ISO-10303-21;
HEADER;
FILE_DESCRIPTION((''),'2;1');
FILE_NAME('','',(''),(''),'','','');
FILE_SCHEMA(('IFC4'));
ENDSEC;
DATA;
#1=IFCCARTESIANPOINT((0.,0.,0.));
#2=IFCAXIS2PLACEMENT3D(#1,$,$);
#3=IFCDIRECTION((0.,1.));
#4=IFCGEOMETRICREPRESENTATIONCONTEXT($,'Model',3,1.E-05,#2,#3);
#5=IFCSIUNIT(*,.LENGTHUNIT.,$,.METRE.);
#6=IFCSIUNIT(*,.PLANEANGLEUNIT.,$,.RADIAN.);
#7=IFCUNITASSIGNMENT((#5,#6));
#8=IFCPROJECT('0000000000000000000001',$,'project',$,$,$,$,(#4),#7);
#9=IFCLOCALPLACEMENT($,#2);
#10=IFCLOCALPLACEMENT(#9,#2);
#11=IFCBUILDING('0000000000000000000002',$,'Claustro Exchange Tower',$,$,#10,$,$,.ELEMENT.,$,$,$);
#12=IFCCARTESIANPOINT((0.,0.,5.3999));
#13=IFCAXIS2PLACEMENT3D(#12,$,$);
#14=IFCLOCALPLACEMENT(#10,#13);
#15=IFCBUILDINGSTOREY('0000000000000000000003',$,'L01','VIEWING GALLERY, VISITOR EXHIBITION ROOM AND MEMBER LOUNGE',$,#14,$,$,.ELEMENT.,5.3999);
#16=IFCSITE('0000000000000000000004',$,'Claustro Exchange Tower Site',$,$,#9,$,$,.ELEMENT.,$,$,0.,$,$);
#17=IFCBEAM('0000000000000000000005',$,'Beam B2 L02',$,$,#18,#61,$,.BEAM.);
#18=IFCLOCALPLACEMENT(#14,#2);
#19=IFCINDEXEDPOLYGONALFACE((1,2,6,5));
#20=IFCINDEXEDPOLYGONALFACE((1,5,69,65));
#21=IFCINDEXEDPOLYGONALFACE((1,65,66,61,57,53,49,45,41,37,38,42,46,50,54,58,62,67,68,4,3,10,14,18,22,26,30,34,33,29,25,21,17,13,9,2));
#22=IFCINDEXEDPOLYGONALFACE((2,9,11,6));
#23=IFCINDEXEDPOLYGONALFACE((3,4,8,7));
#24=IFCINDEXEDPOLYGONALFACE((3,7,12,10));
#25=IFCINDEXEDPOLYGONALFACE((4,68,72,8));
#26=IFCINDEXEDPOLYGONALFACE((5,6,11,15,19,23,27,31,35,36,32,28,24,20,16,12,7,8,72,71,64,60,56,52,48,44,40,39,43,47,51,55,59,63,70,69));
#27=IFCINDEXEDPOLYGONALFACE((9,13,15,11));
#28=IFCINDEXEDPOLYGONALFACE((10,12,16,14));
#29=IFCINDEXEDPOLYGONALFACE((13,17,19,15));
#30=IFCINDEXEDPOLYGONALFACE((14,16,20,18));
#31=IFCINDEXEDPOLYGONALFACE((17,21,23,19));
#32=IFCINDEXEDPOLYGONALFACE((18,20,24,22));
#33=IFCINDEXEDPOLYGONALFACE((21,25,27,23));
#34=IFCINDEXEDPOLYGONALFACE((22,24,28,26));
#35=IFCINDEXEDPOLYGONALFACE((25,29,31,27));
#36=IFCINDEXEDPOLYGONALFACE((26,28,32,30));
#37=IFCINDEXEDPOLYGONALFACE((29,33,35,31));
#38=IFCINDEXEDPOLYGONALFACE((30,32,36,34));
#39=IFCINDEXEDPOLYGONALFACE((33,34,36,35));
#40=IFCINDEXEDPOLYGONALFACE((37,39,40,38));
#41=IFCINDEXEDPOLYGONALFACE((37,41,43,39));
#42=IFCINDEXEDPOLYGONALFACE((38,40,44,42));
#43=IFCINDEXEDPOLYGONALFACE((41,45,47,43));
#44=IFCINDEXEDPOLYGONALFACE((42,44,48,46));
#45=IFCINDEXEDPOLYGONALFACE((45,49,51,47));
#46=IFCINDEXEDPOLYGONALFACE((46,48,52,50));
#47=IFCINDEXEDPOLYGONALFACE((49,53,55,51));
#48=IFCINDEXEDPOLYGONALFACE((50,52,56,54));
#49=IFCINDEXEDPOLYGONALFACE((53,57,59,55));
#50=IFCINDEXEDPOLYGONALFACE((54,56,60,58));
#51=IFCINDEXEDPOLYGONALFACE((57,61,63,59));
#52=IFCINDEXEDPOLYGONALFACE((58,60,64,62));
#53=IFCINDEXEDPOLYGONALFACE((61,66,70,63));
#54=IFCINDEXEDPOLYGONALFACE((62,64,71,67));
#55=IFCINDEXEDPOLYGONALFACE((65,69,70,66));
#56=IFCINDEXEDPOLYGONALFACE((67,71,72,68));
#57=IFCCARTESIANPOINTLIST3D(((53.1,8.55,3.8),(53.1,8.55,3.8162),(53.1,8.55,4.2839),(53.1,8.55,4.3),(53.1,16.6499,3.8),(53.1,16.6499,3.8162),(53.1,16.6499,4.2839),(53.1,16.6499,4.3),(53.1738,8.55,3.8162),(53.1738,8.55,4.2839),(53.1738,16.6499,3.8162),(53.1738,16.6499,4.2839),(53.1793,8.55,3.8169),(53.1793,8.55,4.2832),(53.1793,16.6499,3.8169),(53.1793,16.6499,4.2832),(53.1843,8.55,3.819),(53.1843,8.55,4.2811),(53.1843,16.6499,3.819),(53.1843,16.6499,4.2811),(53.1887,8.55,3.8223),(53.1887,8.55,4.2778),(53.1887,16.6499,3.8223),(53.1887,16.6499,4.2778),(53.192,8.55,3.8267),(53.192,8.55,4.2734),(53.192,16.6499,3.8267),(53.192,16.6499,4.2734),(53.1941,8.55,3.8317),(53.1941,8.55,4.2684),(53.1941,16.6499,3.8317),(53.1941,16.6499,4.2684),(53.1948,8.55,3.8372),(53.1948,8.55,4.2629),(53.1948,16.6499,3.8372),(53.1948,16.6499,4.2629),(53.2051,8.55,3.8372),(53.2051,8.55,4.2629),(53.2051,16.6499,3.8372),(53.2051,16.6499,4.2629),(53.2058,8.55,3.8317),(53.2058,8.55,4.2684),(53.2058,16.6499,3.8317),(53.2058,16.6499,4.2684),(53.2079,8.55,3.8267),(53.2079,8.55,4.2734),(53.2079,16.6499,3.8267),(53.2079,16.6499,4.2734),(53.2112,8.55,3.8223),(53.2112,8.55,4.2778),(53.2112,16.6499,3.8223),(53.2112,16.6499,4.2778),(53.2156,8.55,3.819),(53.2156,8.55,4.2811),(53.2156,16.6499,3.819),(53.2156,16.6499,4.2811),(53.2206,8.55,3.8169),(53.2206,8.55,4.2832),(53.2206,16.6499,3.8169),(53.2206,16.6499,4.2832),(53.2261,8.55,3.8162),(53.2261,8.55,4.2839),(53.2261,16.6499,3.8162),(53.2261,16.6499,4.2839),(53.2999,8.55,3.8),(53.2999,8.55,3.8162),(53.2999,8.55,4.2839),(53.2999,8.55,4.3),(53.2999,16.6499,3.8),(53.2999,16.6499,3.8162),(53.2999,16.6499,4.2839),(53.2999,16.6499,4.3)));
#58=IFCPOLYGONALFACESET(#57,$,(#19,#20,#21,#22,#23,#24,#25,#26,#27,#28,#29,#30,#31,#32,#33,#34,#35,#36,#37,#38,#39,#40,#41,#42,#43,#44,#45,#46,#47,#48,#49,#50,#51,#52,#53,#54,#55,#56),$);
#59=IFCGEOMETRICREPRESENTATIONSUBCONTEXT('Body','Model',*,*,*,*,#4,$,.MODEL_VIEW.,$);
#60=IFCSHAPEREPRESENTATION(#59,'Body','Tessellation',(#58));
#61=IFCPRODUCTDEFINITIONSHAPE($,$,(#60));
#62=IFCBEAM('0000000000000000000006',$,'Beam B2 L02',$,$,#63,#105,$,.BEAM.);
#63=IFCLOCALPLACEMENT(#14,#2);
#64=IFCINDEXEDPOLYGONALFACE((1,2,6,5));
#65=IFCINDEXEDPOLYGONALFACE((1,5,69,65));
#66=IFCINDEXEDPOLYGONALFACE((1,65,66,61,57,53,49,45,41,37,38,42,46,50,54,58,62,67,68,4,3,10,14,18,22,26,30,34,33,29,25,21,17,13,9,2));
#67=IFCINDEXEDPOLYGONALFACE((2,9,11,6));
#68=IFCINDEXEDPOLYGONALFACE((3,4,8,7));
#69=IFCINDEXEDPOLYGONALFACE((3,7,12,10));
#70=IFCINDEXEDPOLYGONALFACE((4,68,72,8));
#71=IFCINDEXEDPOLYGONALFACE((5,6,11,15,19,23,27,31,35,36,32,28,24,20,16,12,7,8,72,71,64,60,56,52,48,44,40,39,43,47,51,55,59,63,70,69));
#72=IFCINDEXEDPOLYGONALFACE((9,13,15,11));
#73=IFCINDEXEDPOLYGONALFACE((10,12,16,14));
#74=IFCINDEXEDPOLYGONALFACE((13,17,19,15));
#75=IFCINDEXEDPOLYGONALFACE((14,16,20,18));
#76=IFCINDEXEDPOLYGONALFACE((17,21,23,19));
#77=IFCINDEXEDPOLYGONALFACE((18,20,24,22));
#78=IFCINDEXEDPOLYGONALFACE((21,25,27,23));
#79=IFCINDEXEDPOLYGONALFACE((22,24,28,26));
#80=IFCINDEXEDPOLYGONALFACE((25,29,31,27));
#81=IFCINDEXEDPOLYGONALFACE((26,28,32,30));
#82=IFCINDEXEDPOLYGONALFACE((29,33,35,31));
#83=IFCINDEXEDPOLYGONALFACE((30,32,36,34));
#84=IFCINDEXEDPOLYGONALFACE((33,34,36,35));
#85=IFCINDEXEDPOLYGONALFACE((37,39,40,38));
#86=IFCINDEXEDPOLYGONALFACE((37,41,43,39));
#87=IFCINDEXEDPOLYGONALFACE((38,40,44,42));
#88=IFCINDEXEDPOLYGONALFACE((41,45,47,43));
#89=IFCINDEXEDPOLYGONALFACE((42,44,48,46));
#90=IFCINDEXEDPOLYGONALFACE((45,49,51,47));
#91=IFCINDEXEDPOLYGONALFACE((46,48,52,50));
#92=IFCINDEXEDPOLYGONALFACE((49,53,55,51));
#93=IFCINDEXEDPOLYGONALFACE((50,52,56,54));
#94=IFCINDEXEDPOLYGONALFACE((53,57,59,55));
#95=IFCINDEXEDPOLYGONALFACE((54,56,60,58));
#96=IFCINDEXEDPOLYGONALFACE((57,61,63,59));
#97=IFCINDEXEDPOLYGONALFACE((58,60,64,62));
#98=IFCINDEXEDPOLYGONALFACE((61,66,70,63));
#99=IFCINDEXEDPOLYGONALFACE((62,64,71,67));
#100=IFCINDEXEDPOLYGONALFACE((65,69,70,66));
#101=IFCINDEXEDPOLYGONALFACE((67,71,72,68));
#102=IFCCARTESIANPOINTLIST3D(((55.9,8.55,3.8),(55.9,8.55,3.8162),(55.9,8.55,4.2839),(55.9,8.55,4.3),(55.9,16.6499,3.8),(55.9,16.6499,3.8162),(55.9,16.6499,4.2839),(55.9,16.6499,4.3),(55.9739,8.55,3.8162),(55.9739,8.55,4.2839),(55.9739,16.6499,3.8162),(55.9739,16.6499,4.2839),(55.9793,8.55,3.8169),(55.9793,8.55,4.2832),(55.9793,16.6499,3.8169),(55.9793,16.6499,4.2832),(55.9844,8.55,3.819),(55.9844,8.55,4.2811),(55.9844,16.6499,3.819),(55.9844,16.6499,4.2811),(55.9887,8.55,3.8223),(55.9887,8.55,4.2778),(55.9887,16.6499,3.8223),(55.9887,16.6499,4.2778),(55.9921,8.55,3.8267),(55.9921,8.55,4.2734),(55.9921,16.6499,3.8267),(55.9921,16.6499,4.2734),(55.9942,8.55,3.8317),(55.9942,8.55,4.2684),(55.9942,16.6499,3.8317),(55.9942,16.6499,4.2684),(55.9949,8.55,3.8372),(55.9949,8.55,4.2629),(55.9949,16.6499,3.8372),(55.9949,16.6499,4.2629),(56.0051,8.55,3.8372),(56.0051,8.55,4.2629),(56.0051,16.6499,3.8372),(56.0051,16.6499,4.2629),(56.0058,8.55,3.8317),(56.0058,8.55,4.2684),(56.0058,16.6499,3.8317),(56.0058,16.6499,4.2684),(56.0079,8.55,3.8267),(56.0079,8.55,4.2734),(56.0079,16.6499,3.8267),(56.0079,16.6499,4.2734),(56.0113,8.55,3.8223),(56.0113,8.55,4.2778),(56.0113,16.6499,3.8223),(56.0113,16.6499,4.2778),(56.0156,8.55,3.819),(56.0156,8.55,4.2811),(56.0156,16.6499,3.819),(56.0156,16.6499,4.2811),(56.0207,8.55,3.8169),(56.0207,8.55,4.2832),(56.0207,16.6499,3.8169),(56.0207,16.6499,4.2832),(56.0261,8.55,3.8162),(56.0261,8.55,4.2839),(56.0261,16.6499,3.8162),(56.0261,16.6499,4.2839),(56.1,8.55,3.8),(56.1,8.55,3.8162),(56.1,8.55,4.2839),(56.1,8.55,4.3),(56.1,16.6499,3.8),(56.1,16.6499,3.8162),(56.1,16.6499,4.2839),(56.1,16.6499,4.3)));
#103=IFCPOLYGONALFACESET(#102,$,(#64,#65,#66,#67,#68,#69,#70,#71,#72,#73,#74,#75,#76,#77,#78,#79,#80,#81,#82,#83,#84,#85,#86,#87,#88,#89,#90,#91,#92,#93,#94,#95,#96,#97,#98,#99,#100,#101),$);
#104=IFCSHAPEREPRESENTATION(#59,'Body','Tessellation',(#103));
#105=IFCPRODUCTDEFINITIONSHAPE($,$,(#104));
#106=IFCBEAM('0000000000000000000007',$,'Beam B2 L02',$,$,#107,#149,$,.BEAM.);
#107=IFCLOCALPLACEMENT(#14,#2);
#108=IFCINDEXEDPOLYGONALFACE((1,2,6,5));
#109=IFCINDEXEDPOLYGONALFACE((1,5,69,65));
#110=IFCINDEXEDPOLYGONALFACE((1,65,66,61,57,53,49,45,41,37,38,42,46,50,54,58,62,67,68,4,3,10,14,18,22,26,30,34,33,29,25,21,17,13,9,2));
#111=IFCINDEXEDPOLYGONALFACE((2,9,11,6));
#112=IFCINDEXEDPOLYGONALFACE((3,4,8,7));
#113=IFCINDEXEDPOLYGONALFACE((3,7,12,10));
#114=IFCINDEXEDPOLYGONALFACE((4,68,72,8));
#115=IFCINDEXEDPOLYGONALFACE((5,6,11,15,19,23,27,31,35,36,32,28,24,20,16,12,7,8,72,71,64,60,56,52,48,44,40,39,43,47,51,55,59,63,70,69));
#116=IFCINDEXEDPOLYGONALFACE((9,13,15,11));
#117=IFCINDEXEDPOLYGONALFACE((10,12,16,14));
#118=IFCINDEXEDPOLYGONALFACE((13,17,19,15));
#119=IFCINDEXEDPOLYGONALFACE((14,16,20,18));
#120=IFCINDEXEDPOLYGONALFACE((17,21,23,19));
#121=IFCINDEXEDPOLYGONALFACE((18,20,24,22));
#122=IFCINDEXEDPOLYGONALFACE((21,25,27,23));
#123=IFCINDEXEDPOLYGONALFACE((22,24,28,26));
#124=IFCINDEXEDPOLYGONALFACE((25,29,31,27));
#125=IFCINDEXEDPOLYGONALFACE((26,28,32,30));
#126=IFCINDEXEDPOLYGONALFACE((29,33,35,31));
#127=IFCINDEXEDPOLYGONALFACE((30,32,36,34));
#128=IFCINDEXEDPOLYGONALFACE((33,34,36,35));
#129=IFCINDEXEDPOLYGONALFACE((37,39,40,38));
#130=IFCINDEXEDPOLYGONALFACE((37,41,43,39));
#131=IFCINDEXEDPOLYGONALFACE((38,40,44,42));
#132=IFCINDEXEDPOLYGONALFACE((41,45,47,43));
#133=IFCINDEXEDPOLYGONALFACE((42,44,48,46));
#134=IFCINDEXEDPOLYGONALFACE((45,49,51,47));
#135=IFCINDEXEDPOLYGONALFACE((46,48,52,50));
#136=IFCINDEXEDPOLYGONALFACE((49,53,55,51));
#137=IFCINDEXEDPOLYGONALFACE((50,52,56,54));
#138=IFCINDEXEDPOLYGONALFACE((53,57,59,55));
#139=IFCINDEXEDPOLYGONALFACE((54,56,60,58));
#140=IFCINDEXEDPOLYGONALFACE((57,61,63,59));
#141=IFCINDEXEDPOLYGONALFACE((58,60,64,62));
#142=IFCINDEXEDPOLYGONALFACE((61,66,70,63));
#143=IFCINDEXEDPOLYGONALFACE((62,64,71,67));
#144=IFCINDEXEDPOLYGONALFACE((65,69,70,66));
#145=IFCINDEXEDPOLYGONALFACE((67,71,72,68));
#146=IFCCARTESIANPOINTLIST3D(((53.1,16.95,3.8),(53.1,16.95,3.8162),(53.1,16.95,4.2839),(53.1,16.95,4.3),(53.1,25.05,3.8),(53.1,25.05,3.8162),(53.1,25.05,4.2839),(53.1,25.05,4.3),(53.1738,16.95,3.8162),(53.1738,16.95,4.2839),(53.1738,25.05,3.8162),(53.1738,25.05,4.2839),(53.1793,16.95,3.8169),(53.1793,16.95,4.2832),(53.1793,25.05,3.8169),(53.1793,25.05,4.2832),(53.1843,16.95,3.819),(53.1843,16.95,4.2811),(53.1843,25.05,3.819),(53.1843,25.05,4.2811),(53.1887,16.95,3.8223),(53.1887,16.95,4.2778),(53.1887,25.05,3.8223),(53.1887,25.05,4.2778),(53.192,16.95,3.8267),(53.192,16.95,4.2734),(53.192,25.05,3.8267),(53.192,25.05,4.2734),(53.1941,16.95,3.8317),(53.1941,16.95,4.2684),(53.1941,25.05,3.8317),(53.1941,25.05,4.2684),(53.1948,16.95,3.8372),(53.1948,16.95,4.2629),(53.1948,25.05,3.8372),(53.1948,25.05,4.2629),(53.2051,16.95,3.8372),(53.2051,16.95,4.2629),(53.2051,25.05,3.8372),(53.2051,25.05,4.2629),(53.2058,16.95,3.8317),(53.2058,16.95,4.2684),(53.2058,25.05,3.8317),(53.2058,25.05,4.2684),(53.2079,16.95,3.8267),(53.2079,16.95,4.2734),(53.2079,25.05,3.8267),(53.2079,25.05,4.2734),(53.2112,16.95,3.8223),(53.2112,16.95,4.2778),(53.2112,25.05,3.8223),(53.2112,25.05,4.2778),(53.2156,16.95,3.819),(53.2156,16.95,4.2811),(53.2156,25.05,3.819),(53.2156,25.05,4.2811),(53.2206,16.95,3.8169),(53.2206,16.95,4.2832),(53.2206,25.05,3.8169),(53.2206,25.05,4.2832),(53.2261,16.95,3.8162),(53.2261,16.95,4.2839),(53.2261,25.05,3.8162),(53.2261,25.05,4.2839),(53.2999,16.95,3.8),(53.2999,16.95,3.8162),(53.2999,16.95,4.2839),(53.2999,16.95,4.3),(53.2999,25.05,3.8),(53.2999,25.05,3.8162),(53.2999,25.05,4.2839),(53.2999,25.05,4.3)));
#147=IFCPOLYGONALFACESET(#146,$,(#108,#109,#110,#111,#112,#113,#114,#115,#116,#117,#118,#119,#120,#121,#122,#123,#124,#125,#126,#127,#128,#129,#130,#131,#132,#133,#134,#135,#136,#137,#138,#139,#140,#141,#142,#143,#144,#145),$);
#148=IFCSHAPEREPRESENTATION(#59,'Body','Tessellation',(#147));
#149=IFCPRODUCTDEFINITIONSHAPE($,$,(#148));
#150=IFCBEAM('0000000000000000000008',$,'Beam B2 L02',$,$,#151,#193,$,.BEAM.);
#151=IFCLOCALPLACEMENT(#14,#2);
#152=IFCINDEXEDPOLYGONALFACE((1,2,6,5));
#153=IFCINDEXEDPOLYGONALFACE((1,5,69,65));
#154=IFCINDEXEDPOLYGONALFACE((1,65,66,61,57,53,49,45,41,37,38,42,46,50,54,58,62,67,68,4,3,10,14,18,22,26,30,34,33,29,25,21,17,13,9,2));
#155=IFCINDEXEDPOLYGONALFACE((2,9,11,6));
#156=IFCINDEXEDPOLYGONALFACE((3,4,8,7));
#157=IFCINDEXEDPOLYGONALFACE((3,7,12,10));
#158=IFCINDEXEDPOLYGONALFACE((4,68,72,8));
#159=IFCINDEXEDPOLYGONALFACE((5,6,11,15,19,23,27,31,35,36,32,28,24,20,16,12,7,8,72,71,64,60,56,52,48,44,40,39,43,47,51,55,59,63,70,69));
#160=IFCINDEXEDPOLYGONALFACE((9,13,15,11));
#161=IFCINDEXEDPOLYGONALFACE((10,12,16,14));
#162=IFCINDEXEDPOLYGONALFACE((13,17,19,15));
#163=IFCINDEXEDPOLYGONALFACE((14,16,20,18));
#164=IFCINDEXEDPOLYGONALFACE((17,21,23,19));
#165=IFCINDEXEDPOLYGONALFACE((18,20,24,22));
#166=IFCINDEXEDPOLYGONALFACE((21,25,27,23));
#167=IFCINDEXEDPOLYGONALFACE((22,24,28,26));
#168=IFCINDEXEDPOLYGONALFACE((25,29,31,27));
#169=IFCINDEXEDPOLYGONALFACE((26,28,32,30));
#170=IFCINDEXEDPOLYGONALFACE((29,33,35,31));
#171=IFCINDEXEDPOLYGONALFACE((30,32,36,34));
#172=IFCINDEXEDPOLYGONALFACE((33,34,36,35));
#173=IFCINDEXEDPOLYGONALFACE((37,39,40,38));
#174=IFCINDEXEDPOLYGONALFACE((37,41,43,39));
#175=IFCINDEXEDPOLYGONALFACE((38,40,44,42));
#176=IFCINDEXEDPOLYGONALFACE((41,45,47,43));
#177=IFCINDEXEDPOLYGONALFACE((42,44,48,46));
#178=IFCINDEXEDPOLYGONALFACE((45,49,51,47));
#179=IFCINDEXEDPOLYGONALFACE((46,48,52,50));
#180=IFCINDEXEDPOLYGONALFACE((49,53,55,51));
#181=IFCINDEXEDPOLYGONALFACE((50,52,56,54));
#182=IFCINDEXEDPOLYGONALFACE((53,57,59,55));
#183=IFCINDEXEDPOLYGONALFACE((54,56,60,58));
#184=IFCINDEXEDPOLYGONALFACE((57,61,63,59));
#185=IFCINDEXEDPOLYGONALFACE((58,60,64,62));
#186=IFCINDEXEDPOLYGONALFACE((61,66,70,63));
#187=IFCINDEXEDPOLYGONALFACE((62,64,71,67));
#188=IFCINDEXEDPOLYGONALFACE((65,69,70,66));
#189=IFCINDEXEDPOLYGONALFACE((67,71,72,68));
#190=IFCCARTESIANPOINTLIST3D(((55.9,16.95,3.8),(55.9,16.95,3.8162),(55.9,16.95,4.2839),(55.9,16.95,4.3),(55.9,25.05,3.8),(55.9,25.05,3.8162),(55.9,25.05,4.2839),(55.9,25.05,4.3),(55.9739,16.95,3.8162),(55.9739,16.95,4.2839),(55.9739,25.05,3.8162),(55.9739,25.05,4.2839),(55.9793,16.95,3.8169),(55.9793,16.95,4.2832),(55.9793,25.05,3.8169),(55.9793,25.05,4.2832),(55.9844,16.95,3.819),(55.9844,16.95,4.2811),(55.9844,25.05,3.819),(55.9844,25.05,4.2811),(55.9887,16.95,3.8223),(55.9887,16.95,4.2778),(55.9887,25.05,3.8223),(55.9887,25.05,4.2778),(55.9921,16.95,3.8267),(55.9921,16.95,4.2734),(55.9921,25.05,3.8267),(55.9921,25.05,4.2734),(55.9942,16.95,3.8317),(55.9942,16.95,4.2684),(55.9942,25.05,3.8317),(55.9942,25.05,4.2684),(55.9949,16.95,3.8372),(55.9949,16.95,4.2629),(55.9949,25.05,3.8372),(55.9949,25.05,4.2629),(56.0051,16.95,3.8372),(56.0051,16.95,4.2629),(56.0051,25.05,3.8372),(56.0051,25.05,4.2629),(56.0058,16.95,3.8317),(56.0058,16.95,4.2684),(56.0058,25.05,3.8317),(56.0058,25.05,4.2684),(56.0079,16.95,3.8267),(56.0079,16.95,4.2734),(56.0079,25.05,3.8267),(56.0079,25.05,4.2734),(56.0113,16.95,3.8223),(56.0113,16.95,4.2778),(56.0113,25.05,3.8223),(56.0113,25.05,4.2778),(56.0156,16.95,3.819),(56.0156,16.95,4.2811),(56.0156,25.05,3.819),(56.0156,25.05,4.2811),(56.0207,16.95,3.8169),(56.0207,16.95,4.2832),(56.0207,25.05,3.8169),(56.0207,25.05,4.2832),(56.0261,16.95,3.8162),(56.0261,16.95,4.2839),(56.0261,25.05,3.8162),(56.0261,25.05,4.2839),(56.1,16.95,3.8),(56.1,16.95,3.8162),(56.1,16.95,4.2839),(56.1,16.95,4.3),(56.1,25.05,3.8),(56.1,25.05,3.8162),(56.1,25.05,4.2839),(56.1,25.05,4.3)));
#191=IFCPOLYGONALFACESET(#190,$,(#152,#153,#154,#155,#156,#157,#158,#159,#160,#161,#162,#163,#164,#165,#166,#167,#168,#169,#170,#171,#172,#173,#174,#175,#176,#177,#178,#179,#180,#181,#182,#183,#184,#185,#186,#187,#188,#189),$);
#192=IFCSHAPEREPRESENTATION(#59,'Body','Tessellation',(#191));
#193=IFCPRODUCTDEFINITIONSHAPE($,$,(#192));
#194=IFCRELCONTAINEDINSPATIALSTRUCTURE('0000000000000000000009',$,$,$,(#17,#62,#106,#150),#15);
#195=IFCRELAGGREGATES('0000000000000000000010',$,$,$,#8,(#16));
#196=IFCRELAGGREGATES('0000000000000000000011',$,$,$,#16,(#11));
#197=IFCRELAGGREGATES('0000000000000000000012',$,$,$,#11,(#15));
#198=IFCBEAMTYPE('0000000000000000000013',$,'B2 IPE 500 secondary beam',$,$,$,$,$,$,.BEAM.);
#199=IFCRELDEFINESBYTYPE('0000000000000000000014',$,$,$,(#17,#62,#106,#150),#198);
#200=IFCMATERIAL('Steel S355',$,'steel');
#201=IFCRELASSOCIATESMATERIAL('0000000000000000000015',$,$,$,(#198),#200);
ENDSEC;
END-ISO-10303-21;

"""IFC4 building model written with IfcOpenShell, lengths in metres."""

from ifc_helpers import new_model, si_unit, direction, frame, origin, origin_2d, place, context, subcontext, project, spatial, i_section, extrude, material, material_profile, profile_set, type_object, element, save


model = new_model("IFC4")

# Units and contexts
model_context = context("Model", 3, precision=1e-05, world=origin(), true_north=direction((0.0, 1.0)))
body_context = subcontext(model_context, "Body", "Model", "MODEL_VIEW")
ifc_project = project(units=[si_unit("LENGTHUNIT", "METRE"), si_unit("PLANEANGLEUNIT", "RADIAN")], contexts=[model_context])

# Site, building, storey
site_placement = place(None, origin())
site = spatial("IfcSite", under=ifc_project, at=site_placement, Name="Claustro Exchange Tower Site", CompositionType="ELEMENT", RefElevation=0.0)
building_placement = place(site_placement, origin())
building = spatial("IfcBuilding", under=site, at=building_placement, Name="Claustro Exchange Tower", CompositionType="ELEMENT")
storey_placement = place(building_placement, frame((0.0, 0.0, 5.3999)))
storey = spatial("IfcBuildingStorey", under=building, at=storey_placement, Name="L01", Description="VIEWING GALLERY, VISITOR EXHIBITION ROOM AND MEMBER LOUNGE", CompositionType="ELEMENT", Elevation=5.3999)

# Beams
ifc_material_1 = material(Name="Steel S355", Category="steel")
ifc_material_profile_1 = material_profile(ifc_material_1, i_section(OverallWidth=0.2, OverallDepth=0.5, WebThickness=0.0103, FlangeThickness=0.0161, FilletRadius=0.021, at=origin_2d()), Name="IPE 500")
ifc_profile_set_1 = profile_set([ifc_material_profile_1], Name="Steel S355")
beam_type_1 = type_object("IfcBeamType", Name="B2 IPE 500 secondary beam", PredefinedType="BEAM", material=ifc_profile_set_1)
for number, where, z_axis, x_axis, name in (
    (1, (53.2, 8.55, 4.05), (0.0, 1.0, 0.0), (-1.0, 0.0, 0.0), "Beam B2 L02"),
    (2, (56.0, 8.55, 4.05), (0.0, 1.0, 0.0), (-1.0, 0.0, 0.0), "Beam B2 L02"),
):
    element("IfcBeam", number, at=place(storey_placement, frame(where, z_axis=z_axis, x_axis=x_axis)), inside=storey, type_object=beam_type_1, Name=name, PredefinedType="BEAM", context=body_context, shape_type="SweptSolid", body=[
        extrude(i_section(OverallWidth=0.2, OverallDepth=0.5, WebThickness=0.0103, FlangeThickness=0.0161, FilletRadius=0.021, at=origin_2d()), origin(), (0.0, 0.0, 1.0), 8.0999),
    ])
for number, where, z_axis, x_axis, name in (
    (3, (53.2, 16.95, 4.05), (0.0, 1.0, 0.0), (-1.0, 0.0, 0.0), "Beam B2 L02"),
    (4, (56.0, 16.95, 4.05), (0.0, 1.0, 0.0), (-1.0, 0.0, 0.0), "Beam B2 L02"),
):
    element("IfcBeam", number, at=place(storey_placement, frame(where, z_axis=z_axis, x_axis=x_axis)), inside=storey, type_object=beam_type_1, Name=name, PredefinedType="BEAM", context=body_context, shape_type="SweptSolid", body=[
        extrude(i_section(OverallWidth=0.2, OverallDepth=0.5, WebThickness=0.0103, FlangeThickness=0.0161, FilletRadius=0.021, at=origin_2d()), origin(), (0.0, 0.0, 1.0), 8.1001),
    ])

save(model, "model.ifc")
